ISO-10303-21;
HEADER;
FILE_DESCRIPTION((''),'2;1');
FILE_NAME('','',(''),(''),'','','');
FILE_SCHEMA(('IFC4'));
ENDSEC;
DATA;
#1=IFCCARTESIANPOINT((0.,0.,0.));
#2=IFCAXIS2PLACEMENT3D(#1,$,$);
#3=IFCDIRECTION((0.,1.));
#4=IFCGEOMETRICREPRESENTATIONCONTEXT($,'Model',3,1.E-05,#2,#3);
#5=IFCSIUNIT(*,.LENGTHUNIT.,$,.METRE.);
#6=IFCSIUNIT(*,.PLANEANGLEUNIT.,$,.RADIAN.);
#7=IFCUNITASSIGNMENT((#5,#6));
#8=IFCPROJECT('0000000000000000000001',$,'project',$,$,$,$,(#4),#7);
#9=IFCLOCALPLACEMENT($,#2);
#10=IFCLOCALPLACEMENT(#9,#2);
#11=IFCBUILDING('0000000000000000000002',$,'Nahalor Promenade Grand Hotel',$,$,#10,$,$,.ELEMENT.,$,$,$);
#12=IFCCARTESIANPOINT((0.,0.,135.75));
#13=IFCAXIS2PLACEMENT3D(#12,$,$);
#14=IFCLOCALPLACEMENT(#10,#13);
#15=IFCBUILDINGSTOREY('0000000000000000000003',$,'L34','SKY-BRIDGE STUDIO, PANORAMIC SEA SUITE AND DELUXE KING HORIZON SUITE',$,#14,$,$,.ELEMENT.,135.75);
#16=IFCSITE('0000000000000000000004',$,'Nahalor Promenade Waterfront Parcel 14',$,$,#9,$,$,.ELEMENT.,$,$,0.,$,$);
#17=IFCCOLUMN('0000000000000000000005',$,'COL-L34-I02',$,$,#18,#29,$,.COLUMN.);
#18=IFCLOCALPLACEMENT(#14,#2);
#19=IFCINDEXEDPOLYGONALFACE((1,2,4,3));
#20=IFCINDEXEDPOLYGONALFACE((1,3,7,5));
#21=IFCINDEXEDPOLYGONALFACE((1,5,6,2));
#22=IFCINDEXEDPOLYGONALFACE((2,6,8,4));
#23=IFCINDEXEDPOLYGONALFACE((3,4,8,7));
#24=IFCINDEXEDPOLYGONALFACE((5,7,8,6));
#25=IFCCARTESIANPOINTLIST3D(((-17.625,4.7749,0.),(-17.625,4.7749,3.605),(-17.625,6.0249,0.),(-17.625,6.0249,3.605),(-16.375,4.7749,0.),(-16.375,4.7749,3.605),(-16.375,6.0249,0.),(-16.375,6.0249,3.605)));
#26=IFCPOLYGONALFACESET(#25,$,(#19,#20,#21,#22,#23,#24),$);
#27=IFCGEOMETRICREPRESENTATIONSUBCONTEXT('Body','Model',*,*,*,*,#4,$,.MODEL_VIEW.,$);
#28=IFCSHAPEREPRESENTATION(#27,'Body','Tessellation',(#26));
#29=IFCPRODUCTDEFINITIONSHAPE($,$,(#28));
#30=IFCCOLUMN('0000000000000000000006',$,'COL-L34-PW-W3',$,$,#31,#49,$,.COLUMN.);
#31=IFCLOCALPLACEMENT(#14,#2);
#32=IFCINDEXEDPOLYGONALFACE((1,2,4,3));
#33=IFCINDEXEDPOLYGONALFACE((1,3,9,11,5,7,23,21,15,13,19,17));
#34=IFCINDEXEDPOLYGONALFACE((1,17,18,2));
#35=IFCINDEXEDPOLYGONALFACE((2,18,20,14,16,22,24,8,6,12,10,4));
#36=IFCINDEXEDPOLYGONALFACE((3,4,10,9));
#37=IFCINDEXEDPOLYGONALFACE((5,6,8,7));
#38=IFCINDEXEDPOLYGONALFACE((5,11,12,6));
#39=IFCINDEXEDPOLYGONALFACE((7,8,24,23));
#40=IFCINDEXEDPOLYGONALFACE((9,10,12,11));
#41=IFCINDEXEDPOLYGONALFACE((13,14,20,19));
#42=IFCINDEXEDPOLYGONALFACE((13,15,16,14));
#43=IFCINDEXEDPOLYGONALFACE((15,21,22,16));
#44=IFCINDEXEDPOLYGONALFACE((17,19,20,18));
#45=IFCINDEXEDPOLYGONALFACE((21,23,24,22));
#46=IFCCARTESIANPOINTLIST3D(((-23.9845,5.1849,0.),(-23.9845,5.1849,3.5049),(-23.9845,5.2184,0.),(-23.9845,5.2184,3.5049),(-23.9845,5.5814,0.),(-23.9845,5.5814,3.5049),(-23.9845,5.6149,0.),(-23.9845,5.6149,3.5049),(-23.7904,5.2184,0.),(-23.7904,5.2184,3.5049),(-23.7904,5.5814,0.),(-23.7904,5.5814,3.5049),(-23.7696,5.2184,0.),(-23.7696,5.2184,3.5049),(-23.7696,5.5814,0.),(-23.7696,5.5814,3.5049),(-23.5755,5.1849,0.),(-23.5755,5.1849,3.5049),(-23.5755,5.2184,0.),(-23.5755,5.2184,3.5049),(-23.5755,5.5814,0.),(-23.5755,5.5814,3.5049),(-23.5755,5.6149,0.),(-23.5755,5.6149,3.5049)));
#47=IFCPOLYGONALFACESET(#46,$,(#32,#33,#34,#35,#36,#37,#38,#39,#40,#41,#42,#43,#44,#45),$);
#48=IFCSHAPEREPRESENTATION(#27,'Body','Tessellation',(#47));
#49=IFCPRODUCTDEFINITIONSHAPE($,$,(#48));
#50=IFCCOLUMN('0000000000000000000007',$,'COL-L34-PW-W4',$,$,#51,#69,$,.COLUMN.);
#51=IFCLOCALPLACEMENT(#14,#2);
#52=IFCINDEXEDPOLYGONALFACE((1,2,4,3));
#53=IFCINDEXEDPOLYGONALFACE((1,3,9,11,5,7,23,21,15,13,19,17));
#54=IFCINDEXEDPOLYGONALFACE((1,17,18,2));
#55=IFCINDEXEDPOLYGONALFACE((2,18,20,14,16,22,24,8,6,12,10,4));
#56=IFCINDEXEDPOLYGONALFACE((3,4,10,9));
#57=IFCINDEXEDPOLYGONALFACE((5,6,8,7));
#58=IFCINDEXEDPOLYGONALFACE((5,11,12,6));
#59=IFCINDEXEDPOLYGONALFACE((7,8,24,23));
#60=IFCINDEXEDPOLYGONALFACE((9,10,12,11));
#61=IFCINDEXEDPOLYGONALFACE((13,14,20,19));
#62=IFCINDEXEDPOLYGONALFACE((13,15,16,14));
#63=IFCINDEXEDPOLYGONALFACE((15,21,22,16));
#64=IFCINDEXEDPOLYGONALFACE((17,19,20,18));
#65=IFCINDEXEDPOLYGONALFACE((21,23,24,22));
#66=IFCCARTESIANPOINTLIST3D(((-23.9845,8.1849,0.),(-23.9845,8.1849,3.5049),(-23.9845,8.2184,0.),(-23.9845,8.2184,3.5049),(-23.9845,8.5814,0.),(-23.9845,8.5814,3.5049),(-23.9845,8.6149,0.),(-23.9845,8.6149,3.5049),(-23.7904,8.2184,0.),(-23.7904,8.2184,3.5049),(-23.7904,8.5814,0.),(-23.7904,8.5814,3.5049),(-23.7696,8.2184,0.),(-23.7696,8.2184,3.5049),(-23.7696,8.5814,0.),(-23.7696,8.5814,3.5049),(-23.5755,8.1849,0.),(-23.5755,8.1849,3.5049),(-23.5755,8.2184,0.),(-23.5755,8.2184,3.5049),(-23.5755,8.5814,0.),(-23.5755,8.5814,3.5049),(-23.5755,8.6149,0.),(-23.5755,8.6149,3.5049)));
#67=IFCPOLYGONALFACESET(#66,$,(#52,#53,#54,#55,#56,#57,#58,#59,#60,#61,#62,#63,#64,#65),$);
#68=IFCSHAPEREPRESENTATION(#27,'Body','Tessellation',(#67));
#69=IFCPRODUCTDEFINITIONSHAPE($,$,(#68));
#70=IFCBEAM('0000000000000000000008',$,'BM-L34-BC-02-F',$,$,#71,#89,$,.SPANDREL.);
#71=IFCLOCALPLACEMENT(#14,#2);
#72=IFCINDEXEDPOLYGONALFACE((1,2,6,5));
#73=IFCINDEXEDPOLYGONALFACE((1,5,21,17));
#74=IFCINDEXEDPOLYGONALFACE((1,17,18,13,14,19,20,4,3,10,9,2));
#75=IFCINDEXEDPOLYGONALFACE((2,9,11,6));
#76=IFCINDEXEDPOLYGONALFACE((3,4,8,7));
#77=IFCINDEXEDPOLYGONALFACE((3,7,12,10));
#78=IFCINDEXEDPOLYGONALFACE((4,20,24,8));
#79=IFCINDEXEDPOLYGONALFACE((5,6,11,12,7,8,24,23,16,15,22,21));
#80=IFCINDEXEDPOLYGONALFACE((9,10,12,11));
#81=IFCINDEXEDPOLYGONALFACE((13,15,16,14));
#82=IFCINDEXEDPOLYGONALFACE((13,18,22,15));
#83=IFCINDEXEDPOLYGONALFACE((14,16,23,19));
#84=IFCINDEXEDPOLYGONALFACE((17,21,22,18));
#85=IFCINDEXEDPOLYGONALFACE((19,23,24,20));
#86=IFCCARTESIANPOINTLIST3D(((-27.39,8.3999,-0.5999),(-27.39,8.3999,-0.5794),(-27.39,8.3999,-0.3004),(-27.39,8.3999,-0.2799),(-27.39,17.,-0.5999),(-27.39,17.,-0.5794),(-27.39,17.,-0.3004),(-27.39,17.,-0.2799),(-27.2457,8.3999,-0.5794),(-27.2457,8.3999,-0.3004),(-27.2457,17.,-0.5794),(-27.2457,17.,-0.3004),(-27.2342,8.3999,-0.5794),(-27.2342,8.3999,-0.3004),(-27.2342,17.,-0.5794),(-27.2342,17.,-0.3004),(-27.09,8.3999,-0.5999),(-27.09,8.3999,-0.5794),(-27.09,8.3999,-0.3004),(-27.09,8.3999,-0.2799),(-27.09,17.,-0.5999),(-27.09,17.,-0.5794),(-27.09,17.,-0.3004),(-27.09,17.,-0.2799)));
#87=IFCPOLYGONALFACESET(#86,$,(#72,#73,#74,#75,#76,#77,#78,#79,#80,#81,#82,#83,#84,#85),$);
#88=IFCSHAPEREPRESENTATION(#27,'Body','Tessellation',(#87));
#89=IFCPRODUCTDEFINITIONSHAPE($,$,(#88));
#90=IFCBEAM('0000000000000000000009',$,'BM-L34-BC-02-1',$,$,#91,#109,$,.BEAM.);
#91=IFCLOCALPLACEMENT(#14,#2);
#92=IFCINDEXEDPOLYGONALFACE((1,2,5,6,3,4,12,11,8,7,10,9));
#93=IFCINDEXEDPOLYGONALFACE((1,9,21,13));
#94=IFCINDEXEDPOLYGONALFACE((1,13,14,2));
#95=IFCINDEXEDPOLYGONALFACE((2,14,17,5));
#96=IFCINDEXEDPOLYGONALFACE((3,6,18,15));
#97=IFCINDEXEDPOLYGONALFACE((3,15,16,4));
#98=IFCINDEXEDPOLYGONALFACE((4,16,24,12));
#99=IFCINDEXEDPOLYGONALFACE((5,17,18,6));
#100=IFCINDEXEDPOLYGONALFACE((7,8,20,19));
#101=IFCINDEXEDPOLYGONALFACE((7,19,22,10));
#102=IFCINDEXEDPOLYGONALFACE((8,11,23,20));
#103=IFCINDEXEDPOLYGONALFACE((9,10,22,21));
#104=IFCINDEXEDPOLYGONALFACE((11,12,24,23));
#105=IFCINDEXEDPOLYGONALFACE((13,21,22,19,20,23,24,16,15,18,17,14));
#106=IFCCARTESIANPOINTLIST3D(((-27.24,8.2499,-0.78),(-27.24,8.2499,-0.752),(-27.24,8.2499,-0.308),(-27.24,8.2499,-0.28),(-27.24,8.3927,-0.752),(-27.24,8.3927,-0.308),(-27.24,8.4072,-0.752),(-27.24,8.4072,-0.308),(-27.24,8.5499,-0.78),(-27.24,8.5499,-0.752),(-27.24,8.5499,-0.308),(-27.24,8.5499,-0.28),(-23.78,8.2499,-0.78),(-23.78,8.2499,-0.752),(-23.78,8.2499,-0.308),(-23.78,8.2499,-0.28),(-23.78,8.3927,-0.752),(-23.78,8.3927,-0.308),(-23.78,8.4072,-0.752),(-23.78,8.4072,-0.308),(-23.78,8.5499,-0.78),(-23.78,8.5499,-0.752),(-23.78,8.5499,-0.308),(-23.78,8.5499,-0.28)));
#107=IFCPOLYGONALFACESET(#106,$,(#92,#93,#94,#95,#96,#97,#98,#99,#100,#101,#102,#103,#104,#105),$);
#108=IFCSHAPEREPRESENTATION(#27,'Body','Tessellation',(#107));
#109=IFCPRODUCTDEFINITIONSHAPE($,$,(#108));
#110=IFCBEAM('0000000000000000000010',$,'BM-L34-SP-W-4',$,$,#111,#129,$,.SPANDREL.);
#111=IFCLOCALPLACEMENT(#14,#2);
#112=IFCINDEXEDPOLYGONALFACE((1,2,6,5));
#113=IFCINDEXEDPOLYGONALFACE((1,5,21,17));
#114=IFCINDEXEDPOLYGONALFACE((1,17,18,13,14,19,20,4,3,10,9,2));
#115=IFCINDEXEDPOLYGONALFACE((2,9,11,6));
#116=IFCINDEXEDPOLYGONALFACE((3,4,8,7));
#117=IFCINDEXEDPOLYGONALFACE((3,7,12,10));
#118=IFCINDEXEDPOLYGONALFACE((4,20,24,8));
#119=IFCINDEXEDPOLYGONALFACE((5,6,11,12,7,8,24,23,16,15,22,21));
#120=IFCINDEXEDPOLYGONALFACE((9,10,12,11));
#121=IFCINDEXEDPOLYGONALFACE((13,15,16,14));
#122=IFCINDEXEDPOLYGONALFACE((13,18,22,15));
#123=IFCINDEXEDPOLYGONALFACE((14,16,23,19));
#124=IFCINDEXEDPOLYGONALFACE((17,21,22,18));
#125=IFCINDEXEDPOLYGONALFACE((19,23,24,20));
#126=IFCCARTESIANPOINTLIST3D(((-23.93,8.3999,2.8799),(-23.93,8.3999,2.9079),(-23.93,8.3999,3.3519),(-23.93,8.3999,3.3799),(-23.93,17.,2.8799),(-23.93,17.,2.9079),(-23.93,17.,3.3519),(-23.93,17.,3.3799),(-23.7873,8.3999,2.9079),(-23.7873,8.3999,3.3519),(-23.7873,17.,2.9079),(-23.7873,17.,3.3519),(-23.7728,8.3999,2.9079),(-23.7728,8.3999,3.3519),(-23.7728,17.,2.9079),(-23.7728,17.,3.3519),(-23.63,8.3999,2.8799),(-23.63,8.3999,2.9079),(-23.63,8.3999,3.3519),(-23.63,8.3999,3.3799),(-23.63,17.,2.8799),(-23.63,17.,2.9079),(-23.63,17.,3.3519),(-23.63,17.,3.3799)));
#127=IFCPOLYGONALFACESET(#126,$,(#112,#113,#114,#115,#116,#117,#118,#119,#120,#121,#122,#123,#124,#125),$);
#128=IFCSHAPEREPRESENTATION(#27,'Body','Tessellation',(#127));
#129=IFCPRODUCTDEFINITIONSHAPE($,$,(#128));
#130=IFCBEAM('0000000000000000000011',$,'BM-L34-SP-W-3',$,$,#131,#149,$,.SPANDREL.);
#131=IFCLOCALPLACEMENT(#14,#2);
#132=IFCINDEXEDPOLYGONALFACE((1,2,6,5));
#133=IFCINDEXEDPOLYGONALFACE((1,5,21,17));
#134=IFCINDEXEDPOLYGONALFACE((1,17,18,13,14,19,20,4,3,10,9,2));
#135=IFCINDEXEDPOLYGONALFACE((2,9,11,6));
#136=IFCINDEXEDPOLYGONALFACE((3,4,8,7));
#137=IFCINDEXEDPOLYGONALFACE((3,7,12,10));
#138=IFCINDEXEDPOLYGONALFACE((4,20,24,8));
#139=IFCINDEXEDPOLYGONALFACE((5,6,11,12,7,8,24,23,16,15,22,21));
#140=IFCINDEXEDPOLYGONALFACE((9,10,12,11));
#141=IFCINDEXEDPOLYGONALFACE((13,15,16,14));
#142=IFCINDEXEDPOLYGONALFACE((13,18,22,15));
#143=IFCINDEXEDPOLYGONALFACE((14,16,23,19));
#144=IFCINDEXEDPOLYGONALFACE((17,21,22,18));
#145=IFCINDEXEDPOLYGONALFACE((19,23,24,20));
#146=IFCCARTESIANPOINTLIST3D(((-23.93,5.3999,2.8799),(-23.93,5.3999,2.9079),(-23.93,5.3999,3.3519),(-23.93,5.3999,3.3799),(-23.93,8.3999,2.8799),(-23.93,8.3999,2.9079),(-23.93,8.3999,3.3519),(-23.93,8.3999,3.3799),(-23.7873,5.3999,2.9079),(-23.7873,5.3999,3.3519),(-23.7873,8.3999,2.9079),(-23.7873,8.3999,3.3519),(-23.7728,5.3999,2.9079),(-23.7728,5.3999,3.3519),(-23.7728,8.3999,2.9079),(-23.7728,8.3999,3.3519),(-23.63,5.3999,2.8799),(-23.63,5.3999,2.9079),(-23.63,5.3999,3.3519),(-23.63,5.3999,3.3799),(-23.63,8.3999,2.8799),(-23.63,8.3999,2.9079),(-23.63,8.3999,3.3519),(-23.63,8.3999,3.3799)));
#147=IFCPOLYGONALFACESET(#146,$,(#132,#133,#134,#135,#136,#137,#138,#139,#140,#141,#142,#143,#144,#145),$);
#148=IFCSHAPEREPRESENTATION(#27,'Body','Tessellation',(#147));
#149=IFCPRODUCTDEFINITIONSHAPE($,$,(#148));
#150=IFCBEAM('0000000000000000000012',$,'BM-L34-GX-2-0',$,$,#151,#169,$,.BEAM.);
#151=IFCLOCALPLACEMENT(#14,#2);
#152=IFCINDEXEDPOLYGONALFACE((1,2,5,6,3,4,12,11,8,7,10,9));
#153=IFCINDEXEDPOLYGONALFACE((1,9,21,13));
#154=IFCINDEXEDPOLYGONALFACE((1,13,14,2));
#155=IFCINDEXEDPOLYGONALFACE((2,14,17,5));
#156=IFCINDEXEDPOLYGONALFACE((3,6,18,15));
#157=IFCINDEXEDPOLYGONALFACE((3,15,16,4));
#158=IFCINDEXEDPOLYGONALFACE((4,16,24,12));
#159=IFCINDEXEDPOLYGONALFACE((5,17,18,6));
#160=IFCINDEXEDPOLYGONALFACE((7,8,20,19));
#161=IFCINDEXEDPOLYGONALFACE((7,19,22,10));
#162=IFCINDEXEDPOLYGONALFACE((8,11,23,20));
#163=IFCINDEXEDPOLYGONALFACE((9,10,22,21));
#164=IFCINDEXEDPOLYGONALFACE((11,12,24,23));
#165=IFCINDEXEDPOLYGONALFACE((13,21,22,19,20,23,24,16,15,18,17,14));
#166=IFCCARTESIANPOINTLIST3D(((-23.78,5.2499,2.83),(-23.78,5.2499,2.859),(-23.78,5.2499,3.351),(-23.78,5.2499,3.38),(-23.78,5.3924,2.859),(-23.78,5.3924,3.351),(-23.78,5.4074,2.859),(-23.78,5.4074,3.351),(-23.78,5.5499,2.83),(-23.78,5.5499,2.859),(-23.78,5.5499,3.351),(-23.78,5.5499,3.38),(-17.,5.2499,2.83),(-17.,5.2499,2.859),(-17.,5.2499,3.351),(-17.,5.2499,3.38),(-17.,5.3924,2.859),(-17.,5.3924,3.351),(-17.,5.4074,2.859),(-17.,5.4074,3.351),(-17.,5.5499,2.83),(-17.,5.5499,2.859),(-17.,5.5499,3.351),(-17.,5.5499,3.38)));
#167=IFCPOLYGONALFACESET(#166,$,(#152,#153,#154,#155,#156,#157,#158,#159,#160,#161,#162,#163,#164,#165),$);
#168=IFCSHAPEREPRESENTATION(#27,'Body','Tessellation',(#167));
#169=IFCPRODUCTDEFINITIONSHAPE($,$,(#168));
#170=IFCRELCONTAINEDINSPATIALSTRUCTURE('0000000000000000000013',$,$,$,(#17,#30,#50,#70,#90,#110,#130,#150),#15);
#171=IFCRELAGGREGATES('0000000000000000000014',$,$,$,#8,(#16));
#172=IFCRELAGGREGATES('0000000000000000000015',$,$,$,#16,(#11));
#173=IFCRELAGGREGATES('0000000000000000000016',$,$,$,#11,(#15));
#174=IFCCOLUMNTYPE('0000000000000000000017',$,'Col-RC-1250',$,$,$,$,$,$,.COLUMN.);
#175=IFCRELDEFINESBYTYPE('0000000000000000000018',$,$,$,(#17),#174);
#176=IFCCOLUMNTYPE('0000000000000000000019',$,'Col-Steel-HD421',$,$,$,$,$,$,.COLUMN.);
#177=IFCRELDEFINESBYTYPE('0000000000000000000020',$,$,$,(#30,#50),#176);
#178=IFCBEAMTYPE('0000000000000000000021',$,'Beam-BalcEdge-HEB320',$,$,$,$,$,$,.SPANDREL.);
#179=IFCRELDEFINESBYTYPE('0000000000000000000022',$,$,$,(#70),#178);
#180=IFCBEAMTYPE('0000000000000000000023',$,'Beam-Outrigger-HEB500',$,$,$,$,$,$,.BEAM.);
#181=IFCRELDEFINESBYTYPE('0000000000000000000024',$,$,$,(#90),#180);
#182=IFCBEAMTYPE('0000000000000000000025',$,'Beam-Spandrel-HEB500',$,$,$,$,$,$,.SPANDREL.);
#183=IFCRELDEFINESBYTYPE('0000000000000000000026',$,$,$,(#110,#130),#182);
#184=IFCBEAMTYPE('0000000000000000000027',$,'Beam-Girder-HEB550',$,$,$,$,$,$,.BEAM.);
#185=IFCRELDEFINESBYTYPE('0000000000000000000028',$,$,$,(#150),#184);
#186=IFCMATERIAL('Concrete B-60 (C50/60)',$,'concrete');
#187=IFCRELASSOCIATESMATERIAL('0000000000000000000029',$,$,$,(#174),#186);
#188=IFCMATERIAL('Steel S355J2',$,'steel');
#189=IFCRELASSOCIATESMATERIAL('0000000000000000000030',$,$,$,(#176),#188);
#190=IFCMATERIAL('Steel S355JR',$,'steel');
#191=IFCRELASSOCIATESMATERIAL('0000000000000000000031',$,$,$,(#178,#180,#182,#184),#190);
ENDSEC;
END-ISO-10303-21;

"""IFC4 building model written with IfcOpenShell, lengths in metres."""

from ifc_helpers import new_model, si_unit, direction, frame, origin, origin_2d, place, context, subcontext, project, spatial, rectangle, i_section, extrude, source, transform, mapped, material, material_profile, profile_set, type_object, element, save


model = new_model("IFC4")

# Units and contexts
model_context = context("Model", 3, precision=1e-05, world=origin(), true_north=direction((0.0, 1.0)))
body_context = subcontext(model_context, "Body", "Model", "MODEL_VIEW")
ifc_project = project(units=[si_unit("LENGTHUNIT", "METRE"), si_unit("PLANEANGLEUNIT", "RADIAN")], contexts=[model_context])

# Site, building, storey
site_placement = place(None, origin())
site = spatial("IfcSite", under=ifc_project, at=site_placement, Name="Nahalor Promenade Waterfront Parcel 14", CompositionType="ELEMENT", RefElevation=0.0)
building_placement = place(site_placement, origin())
building = spatial("IfcBuilding", under=site, at=building_placement, Name="Nahalor Promenade Grand Hotel", CompositionType="ELEMENT")
storey_placement = place(building_placement, frame((0.0, 0.0, 135.75)))
storey = spatial("IfcBuildingStorey", under=building, at=storey_placement, Name="L34", Description="SKY-BRIDGE STUDIO, PANORAMIC SEA SUITE AND DELUXE KING HORIZON SUITE", CompositionType="ELEMENT", Elevation=135.75)

# Columns
ifc_material_1 = material(Name="Concrete B-60 (C50/60)", Category="concrete")
ifc_material_profile_1 = material_profile(ifc_material_1, rectangle(XDim=1.25, YDim=1.25, at=origin_2d()), Name="RC 1250x1250")
ifc_profile_set_1 = profile_set([ifc_material_profile_1], Name="Concrete B-60 (C50/60)")
column_type_1 = type_object("IfcColumnType", Name="Col-RC-1250", PredefinedType="COLUMN", material=ifc_profile_set_1)
shared_shape_1 = source(origin(), body_context, "Body", "SweptSolid", [
    extrude(rectangle(XDim=1.25, YDim=1.25, at=origin_2d()), origin(), (0.0, 0.0, 1.0), 3.605),
])
column_placement = place(storey_placement, frame((-17.0, 5.3999, 0.0), z_axis=(0.0, 0.0, 1.0), x_axis=(1.0, 0.0, 0.0)))
element("IfcColumn", 1, at=column_placement, inside=storey, type_object=column_type_1, Name="COL-L34-I02", PredefinedType="COLUMN", context=body_context, shape_type="MappedRepresentation", body=[
    mapped(shared_shape_1, transform((0.0, 0.0, 0.0), scale=1.0)),
])
ifc_material_2 = material(Name="Steel S355J2", Category="steel")
ifc_material_profile_2 = material_profile(ifc_material_2, i_section(OverallWidth=0.409, OverallDepth=0.43, WebThickness=0.0208, FlangeThickness=0.0335, at=origin_2d()), Name="HD 400x421")
ifc_profile_set_2 = profile_set([ifc_material_profile_2], Name="Steel S355J2")
column_type_2 = type_object("IfcColumnType", Name="Col-Steel-HD421", PredefinedType="COLUMN", material=ifc_profile_set_2)
shared_shape_2 = source(origin(), body_context, "Body", "SweptSolid", [
    extrude(i_section(OverallWidth=0.409, OverallDepth=0.43, WebThickness=0.0208, FlangeThickness=0.0335, at=origin_2d()), origin(), (0.0, 0.0, 1.0), 3.5049),
])
for number, where, z_axis, x_axis, name in (
    (2, (-23.78, 5.3999, 0.0), (0.0, 0.0, 1.0), (1.0, 0.0, 0.0), "COL-L34-PW-W3"),
    (3, (-23.78, 8.3999, 0.0), (0.0, 0.0, 1.0), (1.0, 0.0, 0.0), "COL-L34-PW-W4"),
):
    element("IfcColumn", number, at=place(storey_placement, frame(where, z_axis=z_axis, x_axis=x_axis)), inside=storey, type_object=column_type_2, Name=name, PredefinedType="COLUMN", context=body_context, shape_type="MappedRepresentation", body=[
        mapped(shared_shape_2, transform((0.0, 0.0, 0.0), scale=1.0)),
    ])

# Beams
ifc_material_3 = material(Name="Steel S355JR", Category="steel")
ifc_material_profile_3 = material_profile(ifc_material_3, i_section(OverallWidth=0.3, OverallDepth=0.32, WebThickness=0.0115, FlangeThickness=0.0205, at=origin_2d()), Name="HEB 320")
ifc_profile_set_3 = profile_set([ifc_material_profile_3], Name="Steel S355JR")
beam_type_1 = type_object("IfcBeamType", Name="Beam-BalcEdge-HEB320", PredefinedType="SPANDREL", material=ifc_profile_set_3)
shared_shape_3 = source(origin(), body_context, "Body", "SweptSolid", [
    extrude(i_section(OverallWidth=0.3, OverallDepth=0.32, WebThickness=0.0115, FlangeThickness=0.0205, at=origin_2d()), origin(), (0.0, 0.0, 1.0), 8.6001),
])
beam_1_placement = place(storey_placement, frame((-27.24, 8.3999, -0.4399), z_axis=(0.0, 1.0, 0.0), x_axis=(-1.0, 0.0, 0.0)))
element("IfcBeam", 4, at=beam_1_placement, inside=storey, type_object=beam_type_1, Name="BM-L34-BC-02-F", PredefinedType="SPANDREL", context=body_context, shape_type="MappedRepresentation", body=[
    mapped(shared_shape_3, transform((0.0, 0.0, 0.0), scale=1.0)),
])
ifc_material_profile_4 = material_profile(ifc_material_3, i_section(OverallWidth=0.3, OverallDepth=0.5, WebThickness=0.0145, FlangeThickness=0.028, at=origin_2d()), Name="HEB 500")
ifc_profile_set_4 = profile_set([ifc_material_profile_4], Name="Steel S355JR")
beam_type_2 = type_object("IfcBeamType", Name="Beam-Outrigger-HEB500", PredefinedType="BEAM", material=ifc_profile_set_4)
shared_shape_4 = source(origin(), body_context, "Body", "SweptSolid", [
    extrude(i_section(OverallWidth=0.3, OverallDepth=0.5, WebThickness=0.0145, FlangeThickness=0.028, at=origin_2d()), origin(), (0.0, 0.0, 1.0), 3.46),
])
beam_2_placement = place(storey_placement, frame((-27.24, 8.3999, -0.53), z_axis=(1.0, 0.0, 0.0), x_axis=(0.0, 1.0, 0.0)))
element("IfcBeam", 5, at=beam_2_placement, inside=storey, type_object=beam_type_2, Name="BM-L34-BC-02-1", PredefinedType="BEAM", context=body_context, shape_type="MappedRepresentation", body=[
    mapped(shared_shape_4, transform((0.0, 0.0, 0.0), scale=1.0)),
])
ifc_material_profile_5 = material_profile(ifc_material_3, i_section(OverallWidth=0.3, OverallDepth=0.5, WebThickness=0.0145, FlangeThickness=0.028, at=origin_2d()), Name="HEB 500")
ifc_profile_set_5 = profile_set([ifc_material_profile_5], Name="Steel S355JR")
beam_type_3 = type_object("IfcBeamType", Name="Beam-Spandrel-HEB500", PredefinedType="SPANDREL", material=ifc_profile_set_5)
shared_shape_5 = source(origin(), body_context, "Body", "SweptSolid", [
    extrude(i_section(OverallWidth=0.3, OverallDepth=0.5, WebThickness=0.0145, FlangeThickness=0.028, at=origin_2d()), origin(), (0.0, 0.0, 1.0), 8.6001),
])
beam_3_placement = place(storey_placement, frame((-23.78, 8.3999, 3.1299), z_axis=(0.0, 1.0, 0.0), x_axis=(-1.0, 0.0, 0.0)))
element("IfcBeam", 6, at=beam_3_placement, inside=storey, type_object=beam_type_3, Name="BM-L34-SP-W-4", PredefinedType="SPANDREL", context=body_context, shape_type="MappedRepresentation", body=[
    mapped(shared_shape_5, transform((0.0, 0.0, 0.0), scale=1.0)),
])
shared_shape_6 = source(origin(), body_context, "Body", "SweptSolid", [
    extrude(i_section(OverallWidth=0.3, OverallDepth=0.5, WebThickness=0.0145, FlangeThickness=0.028, at=origin_2d()), origin(), (0.0, 0.0, 1.0), 3.0),
])
beam_4_placement = place(storey_placement, frame((-23.78, 5.3999, 3.1299), z_axis=(0.0, 1.0, 0.0), x_axis=(-1.0, 0.0, 0.0)))
element("IfcBeam", 7, at=beam_4_placement, inside=storey, type_object=beam_type_3, Name="BM-L34-SP-W-3", PredefinedType="SPANDREL", context=body_context, shape_type="MappedRepresentation", body=[
    mapped(shared_shape_6, transform((0.0, 0.0, 0.0), scale=1.0)),
])
ifc_material_profile_6 = material_profile(ifc_material_3, i_section(OverallWidth=0.3, OverallDepth=0.55, WebThickness=0.015, FlangeThickness=0.029, at=origin_2d()), Name="HEB 550")
ifc_profile_set_6 = profile_set([ifc_material_profile_6], Name="Steel S355JR")
beam_type_4 = type_object("IfcBeamType", Name="Beam-Girder-HEB550", PredefinedType="BEAM", material=ifc_profile_set_6)
shared_shape_7 = source(origin(), body_context, "Body", "SweptSolid", [
    extrude(i_section(OverallWidth=0.3, OverallDepth=0.55, WebThickness=0.015, FlangeThickness=0.029, at=origin_2d()), origin(), (0.0, 0.0, 1.0), 6.78),
])
beam_5_placement = place(storey_placement, frame((-23.78, 5.3999, 3.105), z_axis=(1.0, 0.0, 0.0), x_axis=(0.0, 1.0, 0.0)))
element("IfcBeam", 8, at=beam_5_placement, inside=storey, type_object=beam_type_4, Name="BM-L34-GX-2-0", PredefinedType="BEAM", context=body_context, shape_type="MappedRepresentation", body=[
    mapped(shared_shape_7, transform((0.0, 0.0, 0.0), scale=1.0)),
])

save(model, "model.ifc")
